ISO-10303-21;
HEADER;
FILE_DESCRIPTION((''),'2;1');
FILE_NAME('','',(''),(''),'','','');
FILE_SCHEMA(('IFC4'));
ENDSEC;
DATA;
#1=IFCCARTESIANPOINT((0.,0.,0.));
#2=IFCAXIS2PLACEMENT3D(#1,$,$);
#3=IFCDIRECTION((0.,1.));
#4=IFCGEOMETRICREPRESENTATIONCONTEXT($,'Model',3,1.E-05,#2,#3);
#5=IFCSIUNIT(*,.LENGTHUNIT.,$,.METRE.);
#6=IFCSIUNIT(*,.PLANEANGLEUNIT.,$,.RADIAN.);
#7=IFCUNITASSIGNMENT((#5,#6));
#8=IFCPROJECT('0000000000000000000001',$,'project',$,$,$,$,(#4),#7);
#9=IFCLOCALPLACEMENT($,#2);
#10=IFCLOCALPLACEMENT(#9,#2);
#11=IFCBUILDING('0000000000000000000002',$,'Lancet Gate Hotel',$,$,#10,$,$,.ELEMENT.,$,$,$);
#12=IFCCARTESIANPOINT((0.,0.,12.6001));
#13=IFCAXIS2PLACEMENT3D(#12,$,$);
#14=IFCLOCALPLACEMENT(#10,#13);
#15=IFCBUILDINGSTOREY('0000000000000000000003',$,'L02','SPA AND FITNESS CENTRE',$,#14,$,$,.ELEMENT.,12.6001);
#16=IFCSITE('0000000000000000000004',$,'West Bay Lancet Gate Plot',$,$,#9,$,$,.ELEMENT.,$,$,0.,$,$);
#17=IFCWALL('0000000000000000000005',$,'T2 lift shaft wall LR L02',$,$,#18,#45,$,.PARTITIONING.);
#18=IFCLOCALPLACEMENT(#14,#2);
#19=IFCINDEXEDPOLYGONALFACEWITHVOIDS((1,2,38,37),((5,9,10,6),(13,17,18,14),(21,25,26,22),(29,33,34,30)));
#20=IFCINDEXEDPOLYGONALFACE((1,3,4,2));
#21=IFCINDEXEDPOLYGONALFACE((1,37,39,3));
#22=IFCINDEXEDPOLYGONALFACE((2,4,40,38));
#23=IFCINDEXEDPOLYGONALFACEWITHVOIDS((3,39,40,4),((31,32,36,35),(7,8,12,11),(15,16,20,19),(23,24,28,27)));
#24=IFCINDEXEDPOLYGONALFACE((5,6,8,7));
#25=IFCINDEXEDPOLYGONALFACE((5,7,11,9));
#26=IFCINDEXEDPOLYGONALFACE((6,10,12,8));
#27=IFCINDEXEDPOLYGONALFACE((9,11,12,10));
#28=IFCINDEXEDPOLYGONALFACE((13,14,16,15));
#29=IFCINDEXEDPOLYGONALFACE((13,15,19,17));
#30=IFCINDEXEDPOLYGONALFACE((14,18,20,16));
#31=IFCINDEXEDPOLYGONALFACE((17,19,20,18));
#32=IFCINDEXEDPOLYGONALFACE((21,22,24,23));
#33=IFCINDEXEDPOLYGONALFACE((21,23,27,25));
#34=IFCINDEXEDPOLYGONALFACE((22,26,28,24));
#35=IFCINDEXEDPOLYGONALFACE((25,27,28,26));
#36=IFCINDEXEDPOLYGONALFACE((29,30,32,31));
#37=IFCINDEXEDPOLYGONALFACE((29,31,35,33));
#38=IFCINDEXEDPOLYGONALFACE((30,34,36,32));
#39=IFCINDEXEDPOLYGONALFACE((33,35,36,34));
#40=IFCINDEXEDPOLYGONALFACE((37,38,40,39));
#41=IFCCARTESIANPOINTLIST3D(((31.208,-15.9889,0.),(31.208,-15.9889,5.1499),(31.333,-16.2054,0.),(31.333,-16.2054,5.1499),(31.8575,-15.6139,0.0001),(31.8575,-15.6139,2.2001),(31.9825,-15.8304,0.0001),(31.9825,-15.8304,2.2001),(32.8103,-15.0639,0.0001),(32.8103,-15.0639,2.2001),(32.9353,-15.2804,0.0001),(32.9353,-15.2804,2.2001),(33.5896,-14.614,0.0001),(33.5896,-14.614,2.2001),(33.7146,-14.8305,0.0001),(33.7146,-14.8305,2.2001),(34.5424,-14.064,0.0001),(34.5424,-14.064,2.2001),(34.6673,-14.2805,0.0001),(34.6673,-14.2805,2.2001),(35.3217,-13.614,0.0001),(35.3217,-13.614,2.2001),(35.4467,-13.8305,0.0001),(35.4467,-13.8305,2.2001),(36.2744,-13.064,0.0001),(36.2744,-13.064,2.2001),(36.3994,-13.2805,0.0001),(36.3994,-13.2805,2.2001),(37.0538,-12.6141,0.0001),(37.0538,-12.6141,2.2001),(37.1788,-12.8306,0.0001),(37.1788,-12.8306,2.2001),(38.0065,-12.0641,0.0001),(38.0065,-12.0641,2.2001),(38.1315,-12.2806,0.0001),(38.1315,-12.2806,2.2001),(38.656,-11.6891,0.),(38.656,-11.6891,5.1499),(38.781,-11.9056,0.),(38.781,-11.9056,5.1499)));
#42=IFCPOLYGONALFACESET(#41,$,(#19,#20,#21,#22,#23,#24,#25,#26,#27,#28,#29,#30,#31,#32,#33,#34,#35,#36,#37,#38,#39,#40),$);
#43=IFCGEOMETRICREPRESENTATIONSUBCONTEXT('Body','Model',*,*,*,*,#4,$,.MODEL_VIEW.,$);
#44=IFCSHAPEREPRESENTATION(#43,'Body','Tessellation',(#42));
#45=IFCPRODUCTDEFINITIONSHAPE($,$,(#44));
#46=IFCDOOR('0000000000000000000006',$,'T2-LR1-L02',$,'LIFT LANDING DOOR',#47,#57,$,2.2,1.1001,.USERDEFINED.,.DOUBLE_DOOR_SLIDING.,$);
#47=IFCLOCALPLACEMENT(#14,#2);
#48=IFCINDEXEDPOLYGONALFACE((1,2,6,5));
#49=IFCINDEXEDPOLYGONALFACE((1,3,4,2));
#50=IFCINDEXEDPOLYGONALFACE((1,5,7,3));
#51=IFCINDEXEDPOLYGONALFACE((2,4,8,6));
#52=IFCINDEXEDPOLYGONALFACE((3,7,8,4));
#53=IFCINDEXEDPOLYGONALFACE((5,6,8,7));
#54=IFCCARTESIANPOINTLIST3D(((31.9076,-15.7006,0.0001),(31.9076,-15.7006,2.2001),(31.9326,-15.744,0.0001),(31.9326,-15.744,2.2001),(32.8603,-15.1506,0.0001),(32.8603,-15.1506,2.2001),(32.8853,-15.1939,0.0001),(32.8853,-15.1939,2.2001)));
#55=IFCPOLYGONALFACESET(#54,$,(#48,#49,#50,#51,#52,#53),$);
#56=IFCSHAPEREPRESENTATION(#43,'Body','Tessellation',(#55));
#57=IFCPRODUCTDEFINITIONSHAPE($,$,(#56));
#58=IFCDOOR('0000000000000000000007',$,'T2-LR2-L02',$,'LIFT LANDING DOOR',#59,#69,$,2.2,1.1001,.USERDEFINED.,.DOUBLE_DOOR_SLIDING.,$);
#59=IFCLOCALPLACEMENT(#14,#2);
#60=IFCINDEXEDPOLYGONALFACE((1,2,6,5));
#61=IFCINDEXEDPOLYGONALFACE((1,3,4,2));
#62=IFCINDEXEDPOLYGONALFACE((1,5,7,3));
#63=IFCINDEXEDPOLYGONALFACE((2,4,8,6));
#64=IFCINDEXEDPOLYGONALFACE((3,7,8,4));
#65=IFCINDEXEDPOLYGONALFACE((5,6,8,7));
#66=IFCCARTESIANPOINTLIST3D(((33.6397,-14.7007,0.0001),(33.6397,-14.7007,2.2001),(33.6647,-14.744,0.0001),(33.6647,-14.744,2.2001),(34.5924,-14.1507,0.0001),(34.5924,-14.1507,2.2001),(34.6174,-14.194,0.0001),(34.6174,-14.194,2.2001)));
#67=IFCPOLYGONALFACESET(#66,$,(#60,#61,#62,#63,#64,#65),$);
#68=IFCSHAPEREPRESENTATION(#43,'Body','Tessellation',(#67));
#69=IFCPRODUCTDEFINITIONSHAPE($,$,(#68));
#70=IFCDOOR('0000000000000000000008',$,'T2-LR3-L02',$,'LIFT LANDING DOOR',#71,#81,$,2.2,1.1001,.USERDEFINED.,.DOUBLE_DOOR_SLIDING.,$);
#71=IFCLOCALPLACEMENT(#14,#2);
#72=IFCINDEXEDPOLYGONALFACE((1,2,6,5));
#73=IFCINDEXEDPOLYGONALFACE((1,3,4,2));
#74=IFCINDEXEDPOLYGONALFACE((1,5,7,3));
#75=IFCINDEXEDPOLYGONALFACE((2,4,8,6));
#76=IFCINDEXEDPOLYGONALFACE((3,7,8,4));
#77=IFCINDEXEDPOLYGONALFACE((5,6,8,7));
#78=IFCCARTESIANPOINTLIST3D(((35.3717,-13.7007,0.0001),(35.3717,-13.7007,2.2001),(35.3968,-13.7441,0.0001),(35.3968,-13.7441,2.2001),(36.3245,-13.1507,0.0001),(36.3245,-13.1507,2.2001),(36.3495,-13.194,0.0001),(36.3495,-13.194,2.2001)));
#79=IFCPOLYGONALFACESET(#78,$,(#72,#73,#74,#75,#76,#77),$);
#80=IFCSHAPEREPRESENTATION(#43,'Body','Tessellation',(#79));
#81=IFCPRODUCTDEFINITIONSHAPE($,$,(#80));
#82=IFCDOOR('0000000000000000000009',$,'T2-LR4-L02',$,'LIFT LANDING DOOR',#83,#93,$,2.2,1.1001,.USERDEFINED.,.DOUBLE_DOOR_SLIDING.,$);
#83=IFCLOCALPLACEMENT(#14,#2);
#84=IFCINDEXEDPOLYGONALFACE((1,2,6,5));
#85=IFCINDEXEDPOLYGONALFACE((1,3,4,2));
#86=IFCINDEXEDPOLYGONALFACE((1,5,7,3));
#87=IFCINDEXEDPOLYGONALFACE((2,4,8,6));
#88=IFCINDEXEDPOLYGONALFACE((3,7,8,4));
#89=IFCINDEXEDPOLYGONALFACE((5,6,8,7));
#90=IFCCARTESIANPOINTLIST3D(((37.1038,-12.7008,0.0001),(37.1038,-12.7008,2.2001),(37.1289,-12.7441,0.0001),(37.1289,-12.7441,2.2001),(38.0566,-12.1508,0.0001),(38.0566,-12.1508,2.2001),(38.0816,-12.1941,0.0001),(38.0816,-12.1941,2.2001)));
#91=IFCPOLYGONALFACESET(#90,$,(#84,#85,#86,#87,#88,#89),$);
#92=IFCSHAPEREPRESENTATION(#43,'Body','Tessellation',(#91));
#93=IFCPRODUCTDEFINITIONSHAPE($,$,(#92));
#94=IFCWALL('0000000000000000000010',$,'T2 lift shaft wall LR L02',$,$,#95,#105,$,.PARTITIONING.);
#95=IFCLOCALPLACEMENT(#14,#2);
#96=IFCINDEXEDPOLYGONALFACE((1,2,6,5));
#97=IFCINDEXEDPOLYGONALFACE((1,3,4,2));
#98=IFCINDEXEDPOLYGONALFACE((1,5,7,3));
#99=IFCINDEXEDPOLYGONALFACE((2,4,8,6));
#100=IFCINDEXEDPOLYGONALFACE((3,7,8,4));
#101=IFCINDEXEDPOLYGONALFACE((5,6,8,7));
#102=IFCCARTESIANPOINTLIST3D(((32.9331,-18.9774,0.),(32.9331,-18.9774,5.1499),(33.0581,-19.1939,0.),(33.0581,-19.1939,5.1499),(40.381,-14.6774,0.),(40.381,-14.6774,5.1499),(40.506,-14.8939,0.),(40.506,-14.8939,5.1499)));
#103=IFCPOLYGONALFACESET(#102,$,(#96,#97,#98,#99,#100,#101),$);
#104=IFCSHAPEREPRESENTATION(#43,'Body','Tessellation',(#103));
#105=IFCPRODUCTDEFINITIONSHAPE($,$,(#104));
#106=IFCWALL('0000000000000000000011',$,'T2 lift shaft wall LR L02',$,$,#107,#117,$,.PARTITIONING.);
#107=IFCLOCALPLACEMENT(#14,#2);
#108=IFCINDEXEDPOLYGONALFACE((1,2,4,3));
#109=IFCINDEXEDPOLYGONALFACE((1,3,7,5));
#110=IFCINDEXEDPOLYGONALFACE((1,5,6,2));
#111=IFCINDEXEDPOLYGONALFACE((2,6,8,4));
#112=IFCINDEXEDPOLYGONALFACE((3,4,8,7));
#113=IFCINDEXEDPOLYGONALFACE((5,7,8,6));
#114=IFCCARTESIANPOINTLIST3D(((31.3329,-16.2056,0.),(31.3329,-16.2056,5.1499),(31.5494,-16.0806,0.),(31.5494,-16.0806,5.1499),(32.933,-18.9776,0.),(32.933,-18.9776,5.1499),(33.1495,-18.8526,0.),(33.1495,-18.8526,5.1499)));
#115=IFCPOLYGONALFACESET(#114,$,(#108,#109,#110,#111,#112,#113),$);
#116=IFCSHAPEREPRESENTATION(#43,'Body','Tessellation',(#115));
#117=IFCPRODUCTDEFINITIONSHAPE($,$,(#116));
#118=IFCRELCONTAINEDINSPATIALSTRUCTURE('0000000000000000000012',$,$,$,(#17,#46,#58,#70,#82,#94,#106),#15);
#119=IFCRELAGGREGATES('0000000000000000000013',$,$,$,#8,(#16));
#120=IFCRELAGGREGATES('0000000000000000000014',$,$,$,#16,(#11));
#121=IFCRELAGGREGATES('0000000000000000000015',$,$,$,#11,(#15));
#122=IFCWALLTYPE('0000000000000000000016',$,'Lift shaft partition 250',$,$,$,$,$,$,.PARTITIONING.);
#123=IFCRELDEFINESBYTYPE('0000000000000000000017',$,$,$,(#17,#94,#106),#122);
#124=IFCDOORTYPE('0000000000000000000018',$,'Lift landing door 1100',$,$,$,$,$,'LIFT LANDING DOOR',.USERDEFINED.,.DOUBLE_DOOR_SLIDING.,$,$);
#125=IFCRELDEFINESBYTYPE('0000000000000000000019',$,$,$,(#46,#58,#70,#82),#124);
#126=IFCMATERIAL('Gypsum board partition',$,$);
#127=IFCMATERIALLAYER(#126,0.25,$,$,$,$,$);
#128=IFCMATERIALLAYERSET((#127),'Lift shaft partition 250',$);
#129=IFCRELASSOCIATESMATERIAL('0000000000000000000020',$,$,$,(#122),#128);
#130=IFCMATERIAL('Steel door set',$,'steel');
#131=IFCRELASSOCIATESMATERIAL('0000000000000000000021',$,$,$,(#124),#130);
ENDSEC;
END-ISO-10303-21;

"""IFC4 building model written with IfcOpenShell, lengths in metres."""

from ifc_helpers import new_model, si_unit, direction, frame, frame_2d, origin, place, context, subcontext, project, spatial, rectangle, extrude, material, layer, layer_set, type_object, element, fill, save


model = new_model("IFC4")

# Units and contexts
model_context = context("Model", 3, precision=1e-05, world=origin(), true_north=direction((0.0, 1.0)))
body_context = subcontext(model_context, "Body", "Model", "MODEL_VIEW")
ifc_project = project(units=[si_unit("LENGTHUNIT", "METRE"), si_unit("PLANEANGLEUNIT", "RADIAN")], contexts=[model_context])

# Site, building, storey
site_placement = place(None, origin())
site = spatial("IfcSite", under=ifc_project, at=site_placement, Name="West Bay Lancet Gate Plot", CompositionType="ELEMENT", RefElevation=0.0)
building_placement = place(site_placement, origin())
building = spatial("IfcBuilding", under=site, at=building_placement, Name="Lancet Gate Hotel", CompositionType="ELEMENT")
storey_placement = place(building_placement, frame((0.0, 0.0, 12.6001)))
storey = spatial("IfcBuildingStorey", under=building, at=storey_placement, Name="L02", Description="SPA AND FITNESS CENTRE", CompositionType="ELEMENT", Elevation=12.6001)

# Wall, openings, doors
ifc_material_1 = material(Name="Gypsum board partition")
ifc_layer_1 = layer(ifc_material_1, 0.25)
ifc_layer_set_1 = layer_set([ifc_layer_1], Name="Lift shaft partition 250")
wall_type = type_object("IfcWallType", Name="Lift shaft partition 250", PredefinedType="PARTITIONING", material=ifc_layer_set_1)
wall_1_placement = place(storey_placement, frame((31.2705, -16.0972, 0.0), z_axis=(0.0, 0.0, 1.0), x_axis=(0.86604, 0.499974, 0.0)))
wall_1 = element("IfcWall", 1, at=wall_1_placement, inside=storey, type_object=wall_type, Name="T2 lift shaft wall LR L02", PredefinedType="PARTITIONING", context=body_context, shape_type="SweptSolid", body=[
    extrude(rectangle(XDim=8.6001, YDim=0.25, at=frame_2d((4.3, 0.0))), origin(), (0.0, 0.0, 1.0), 5.1499),
])
opening_1_placement = place(wall_1_placement, frame((0.75, 0.0, 0.0)))
opening_1 = element("IfcOpeningElement", 2, at=opening_1_placement, cuts=wall_1, PredefinedType="OPENING", context=body_context, shape_type="SweptSolid", body=[
    extrude(rectangle(XDim=1.1001, YDim=2.2, at=frame_2d((0.55, 1.1001))), frame((0.0, 0.135, 0.0), z_axis=(0.0, -1.0, 0.0), x_axis=(1.0, 0.0, 0.0)), (0.0, 0.0, 1.0), 0.27),
])
opening_2_placement = place(wall_1_placement, frame((2.75, 0.0, 0.0)))
opening_2 = element("IfcOpeningElement", 3, at=opening_2_placement, cuts=wall_1, PredefinedType="OPENING", context=body_context, shape_type="SweptSolid", body=[
    extrude(rectangle(XDim=1.1001, YDim=2.2, at=frame_2d((0.55, 1.1001))), frame((0.0, 0.135, 0.0), z_axis=(0.0, -1.0, 0.0), x_axis=(1.0, 0.0, 0.0)), (0.0, 0.0, 1.0), 0.27),
])
opening_3_placement = place(wall_1_placement, frame((4.75, 0.0, 0.0)))
opening_3 = element("IfcOpeningElement", 4, at=opening_3_placement, cuts=wall_1, PredefinedType="OPENING", context=body_context, shape_type="SweptSolid", body=[
    extrude(rectangle(XDim=1.1001, YDim=2.2, at=frame_2d((0.55, 1.1001))), frame((0.0, 0.135, 0.0), z_axis=(0.0, -1.0, 0.0), x_axis=(1.0, 0.0, 0.0)), (0.0, 0.0, 1.0), 0.27),
])
opening_4_placement = place(wall_1_placement, frame((6.75, 0.0, 0.0)))
opening_4 = element("IfcOpeningElement", 5, at=opening_4_placement, cuts=wall_1, PredefinedType="OPENING", context=body_context, shape_type="SweptSolid", body=[
    extrude(rectangle(XDim=1.1001, YDim=2.2, at=frame_2d((0.55, 1.1001))), frame((0.0, 0.135, 0.0), z_axis=(0.0, -1.0, 0.0), x_axis=(1.0, 0.0, 0.0)), (0.0, 0.0, 1.0), 0.27),
])
ifc_material_2 = material(Name="Steel door set", Category="steel")
door_type = type_object("IfcDoorType", Name="Lift landing door 1100", ElementType="LIFT LANDING DOOR", OperationType="DOUBLE_DOOR_SLIDING", PredefinedType="USERDEFINED", material=ifc_material_2)
door_1_placement = place(opening_1_placement, origin())
door_1 = element("IfcDoor", 6, at=door_1_placement, inside=storey, type_object=door_type, Name="T2-LR1-L02", ObjectType="LIFT LANDING DOOR", OperationType="DOUBLE_DOOR_SLIDING", OverallHeight=2.2, OverallWidth=1.1001, PredefinedType="USERDEFINED", context=body_context, shape_type="SweptSolid", body=[
    extrude(rectangle(XDim=1.1001, YDim=2.2, at=frame_2d((0.55, 1.1001))), frame((0.0, 0.0249, 0.0), z_axis=(0.0, -1.0, 0.0), x_axis=(1.0, 0.0, 0.0)), (0.0, 0.0, 1.0), 0.05),
])
fill(opening_1, door_1)
door_2_placement = place(opening_2_placement, origin())
door_2 = element("IfcDoor", 7, at=door_2_placement, inside=storey, type_object=door_type, Name="T2-LR2-L02", ObjectType="LIFT LANDING DOOR", OperationType="DOUBLE_DOOR_SLIDING", OverallHeight=2.2, OverallWidth=1.1001, PredefinedType="USERDEFINED", context=body_context, shape_type="SweptSolid", body=[
    extrude(rectangle(XDim=1.1001, YDim=2.2, at=frame_2d((0.55, 1.1001))), frame((0.0, 0.0249, 0.0), z_axis=(0.0, -1.0, 0.0), x_axis=(1.0, 0.0, 0.0)), (0.0, 0.0, 1.0), 0.05),
])
fill(opening_2, door_2)
door_3_placement = place(opening_3_placement, origin())
door_3 = element("IfcDoor", 8, at=door_3_placement, inside=storey, type_object=door_type, Name="T2-LR3-L02", ObjectType="LIFT LANDING DOOR", OperationType="DOUBLE_DOOR_SLIDING", OverallHeight=2.2, OverallWidth=1.1001, PredefinedType="USERDEFINED", context=body_context, shape_type="SweptSolid", body=[
    extrude(rectangle(XDim=1.1001, YDim=2.2, at=frame_2d((0.55, 1.1001))), frame((0.0, 0.0249, 0.0), z_axis=(0.0, -1.0, 0.0), x_axis=(1.0, 0.0, 0.0)), (0.0, 0.0, 1.0), 0.05),
])
fill(opening_3, door_3)
door_4_placement = place(opening_4_placement, origin())
door_4 = element("IfcDoor", 9, at=door_4_placement, inside=storey, type_object=door_type, Name="T2-LR4-L02", ObjectType="LIFT LANDING DOOR", OperationType="DOUBLE_DOOR_SLIDING", OverallHeight=2.2, OverallWidth=1.1001, PredefinedType="USERDEFINED", context=body_context, shape_type="SweptSolid", body=[
    extrude(rectangle(XDim=1.1001, YDim=2.2, at=frame_2d((0.55, 1.1001))), frame((0.0, 0.0249, 0.0), z_axis=(0.0, -1.0, 0.0), x_axis=(1.0, 0.0, 0.0)), (0.0, 0.0, 1.0), 0.05),
])
fill(opening_4, door_4)

# Walls
wall_2_placement = place(storey_placement, frame((32.9956, -19.0857, 0.0), z_axis=(0.0, 0.0, 1.0), x_axis=(0.866028, 0.499995, 0.0)))
element("IfcWall", 10, at=wall_2_placement, inside=storey, type_object=wall_type, Name="T2 lift shaft wall LR L02", PredefinedType="PARTITIONING", context=body_context, shape_type="SweptSolid", body=[
    extrude(rectangle(XDim=8.6001, YDim=0.25, at=frame_2d((4.3, 0.0))), origin(), (0.0, 0.0, 1.0), 5.1499),
])
wall_3_placement = place(storey_placement, frame((31.4412, -16.1431, 0.0), z_axis=(0.0, 0.0, 1.0), x_axis=(0.499929, -0.866066, 0.0)))
element("IfcWall", 11, at=wall_3_placement, inside=storey, type_object=wall_type, Name="T2 lift shaft wall LR L02", PredefinedType="PARTITIONING", context=body_context, shape_type="SweptSolid", body=[
    extrude(rectangle(XDim=3.2007, YDim=0.25, at=frame_2d((1.6003, 0.0))), origin(), (0.0, 0.0, 1.0), 5.1499),
])

save(model, "model.ifc")
